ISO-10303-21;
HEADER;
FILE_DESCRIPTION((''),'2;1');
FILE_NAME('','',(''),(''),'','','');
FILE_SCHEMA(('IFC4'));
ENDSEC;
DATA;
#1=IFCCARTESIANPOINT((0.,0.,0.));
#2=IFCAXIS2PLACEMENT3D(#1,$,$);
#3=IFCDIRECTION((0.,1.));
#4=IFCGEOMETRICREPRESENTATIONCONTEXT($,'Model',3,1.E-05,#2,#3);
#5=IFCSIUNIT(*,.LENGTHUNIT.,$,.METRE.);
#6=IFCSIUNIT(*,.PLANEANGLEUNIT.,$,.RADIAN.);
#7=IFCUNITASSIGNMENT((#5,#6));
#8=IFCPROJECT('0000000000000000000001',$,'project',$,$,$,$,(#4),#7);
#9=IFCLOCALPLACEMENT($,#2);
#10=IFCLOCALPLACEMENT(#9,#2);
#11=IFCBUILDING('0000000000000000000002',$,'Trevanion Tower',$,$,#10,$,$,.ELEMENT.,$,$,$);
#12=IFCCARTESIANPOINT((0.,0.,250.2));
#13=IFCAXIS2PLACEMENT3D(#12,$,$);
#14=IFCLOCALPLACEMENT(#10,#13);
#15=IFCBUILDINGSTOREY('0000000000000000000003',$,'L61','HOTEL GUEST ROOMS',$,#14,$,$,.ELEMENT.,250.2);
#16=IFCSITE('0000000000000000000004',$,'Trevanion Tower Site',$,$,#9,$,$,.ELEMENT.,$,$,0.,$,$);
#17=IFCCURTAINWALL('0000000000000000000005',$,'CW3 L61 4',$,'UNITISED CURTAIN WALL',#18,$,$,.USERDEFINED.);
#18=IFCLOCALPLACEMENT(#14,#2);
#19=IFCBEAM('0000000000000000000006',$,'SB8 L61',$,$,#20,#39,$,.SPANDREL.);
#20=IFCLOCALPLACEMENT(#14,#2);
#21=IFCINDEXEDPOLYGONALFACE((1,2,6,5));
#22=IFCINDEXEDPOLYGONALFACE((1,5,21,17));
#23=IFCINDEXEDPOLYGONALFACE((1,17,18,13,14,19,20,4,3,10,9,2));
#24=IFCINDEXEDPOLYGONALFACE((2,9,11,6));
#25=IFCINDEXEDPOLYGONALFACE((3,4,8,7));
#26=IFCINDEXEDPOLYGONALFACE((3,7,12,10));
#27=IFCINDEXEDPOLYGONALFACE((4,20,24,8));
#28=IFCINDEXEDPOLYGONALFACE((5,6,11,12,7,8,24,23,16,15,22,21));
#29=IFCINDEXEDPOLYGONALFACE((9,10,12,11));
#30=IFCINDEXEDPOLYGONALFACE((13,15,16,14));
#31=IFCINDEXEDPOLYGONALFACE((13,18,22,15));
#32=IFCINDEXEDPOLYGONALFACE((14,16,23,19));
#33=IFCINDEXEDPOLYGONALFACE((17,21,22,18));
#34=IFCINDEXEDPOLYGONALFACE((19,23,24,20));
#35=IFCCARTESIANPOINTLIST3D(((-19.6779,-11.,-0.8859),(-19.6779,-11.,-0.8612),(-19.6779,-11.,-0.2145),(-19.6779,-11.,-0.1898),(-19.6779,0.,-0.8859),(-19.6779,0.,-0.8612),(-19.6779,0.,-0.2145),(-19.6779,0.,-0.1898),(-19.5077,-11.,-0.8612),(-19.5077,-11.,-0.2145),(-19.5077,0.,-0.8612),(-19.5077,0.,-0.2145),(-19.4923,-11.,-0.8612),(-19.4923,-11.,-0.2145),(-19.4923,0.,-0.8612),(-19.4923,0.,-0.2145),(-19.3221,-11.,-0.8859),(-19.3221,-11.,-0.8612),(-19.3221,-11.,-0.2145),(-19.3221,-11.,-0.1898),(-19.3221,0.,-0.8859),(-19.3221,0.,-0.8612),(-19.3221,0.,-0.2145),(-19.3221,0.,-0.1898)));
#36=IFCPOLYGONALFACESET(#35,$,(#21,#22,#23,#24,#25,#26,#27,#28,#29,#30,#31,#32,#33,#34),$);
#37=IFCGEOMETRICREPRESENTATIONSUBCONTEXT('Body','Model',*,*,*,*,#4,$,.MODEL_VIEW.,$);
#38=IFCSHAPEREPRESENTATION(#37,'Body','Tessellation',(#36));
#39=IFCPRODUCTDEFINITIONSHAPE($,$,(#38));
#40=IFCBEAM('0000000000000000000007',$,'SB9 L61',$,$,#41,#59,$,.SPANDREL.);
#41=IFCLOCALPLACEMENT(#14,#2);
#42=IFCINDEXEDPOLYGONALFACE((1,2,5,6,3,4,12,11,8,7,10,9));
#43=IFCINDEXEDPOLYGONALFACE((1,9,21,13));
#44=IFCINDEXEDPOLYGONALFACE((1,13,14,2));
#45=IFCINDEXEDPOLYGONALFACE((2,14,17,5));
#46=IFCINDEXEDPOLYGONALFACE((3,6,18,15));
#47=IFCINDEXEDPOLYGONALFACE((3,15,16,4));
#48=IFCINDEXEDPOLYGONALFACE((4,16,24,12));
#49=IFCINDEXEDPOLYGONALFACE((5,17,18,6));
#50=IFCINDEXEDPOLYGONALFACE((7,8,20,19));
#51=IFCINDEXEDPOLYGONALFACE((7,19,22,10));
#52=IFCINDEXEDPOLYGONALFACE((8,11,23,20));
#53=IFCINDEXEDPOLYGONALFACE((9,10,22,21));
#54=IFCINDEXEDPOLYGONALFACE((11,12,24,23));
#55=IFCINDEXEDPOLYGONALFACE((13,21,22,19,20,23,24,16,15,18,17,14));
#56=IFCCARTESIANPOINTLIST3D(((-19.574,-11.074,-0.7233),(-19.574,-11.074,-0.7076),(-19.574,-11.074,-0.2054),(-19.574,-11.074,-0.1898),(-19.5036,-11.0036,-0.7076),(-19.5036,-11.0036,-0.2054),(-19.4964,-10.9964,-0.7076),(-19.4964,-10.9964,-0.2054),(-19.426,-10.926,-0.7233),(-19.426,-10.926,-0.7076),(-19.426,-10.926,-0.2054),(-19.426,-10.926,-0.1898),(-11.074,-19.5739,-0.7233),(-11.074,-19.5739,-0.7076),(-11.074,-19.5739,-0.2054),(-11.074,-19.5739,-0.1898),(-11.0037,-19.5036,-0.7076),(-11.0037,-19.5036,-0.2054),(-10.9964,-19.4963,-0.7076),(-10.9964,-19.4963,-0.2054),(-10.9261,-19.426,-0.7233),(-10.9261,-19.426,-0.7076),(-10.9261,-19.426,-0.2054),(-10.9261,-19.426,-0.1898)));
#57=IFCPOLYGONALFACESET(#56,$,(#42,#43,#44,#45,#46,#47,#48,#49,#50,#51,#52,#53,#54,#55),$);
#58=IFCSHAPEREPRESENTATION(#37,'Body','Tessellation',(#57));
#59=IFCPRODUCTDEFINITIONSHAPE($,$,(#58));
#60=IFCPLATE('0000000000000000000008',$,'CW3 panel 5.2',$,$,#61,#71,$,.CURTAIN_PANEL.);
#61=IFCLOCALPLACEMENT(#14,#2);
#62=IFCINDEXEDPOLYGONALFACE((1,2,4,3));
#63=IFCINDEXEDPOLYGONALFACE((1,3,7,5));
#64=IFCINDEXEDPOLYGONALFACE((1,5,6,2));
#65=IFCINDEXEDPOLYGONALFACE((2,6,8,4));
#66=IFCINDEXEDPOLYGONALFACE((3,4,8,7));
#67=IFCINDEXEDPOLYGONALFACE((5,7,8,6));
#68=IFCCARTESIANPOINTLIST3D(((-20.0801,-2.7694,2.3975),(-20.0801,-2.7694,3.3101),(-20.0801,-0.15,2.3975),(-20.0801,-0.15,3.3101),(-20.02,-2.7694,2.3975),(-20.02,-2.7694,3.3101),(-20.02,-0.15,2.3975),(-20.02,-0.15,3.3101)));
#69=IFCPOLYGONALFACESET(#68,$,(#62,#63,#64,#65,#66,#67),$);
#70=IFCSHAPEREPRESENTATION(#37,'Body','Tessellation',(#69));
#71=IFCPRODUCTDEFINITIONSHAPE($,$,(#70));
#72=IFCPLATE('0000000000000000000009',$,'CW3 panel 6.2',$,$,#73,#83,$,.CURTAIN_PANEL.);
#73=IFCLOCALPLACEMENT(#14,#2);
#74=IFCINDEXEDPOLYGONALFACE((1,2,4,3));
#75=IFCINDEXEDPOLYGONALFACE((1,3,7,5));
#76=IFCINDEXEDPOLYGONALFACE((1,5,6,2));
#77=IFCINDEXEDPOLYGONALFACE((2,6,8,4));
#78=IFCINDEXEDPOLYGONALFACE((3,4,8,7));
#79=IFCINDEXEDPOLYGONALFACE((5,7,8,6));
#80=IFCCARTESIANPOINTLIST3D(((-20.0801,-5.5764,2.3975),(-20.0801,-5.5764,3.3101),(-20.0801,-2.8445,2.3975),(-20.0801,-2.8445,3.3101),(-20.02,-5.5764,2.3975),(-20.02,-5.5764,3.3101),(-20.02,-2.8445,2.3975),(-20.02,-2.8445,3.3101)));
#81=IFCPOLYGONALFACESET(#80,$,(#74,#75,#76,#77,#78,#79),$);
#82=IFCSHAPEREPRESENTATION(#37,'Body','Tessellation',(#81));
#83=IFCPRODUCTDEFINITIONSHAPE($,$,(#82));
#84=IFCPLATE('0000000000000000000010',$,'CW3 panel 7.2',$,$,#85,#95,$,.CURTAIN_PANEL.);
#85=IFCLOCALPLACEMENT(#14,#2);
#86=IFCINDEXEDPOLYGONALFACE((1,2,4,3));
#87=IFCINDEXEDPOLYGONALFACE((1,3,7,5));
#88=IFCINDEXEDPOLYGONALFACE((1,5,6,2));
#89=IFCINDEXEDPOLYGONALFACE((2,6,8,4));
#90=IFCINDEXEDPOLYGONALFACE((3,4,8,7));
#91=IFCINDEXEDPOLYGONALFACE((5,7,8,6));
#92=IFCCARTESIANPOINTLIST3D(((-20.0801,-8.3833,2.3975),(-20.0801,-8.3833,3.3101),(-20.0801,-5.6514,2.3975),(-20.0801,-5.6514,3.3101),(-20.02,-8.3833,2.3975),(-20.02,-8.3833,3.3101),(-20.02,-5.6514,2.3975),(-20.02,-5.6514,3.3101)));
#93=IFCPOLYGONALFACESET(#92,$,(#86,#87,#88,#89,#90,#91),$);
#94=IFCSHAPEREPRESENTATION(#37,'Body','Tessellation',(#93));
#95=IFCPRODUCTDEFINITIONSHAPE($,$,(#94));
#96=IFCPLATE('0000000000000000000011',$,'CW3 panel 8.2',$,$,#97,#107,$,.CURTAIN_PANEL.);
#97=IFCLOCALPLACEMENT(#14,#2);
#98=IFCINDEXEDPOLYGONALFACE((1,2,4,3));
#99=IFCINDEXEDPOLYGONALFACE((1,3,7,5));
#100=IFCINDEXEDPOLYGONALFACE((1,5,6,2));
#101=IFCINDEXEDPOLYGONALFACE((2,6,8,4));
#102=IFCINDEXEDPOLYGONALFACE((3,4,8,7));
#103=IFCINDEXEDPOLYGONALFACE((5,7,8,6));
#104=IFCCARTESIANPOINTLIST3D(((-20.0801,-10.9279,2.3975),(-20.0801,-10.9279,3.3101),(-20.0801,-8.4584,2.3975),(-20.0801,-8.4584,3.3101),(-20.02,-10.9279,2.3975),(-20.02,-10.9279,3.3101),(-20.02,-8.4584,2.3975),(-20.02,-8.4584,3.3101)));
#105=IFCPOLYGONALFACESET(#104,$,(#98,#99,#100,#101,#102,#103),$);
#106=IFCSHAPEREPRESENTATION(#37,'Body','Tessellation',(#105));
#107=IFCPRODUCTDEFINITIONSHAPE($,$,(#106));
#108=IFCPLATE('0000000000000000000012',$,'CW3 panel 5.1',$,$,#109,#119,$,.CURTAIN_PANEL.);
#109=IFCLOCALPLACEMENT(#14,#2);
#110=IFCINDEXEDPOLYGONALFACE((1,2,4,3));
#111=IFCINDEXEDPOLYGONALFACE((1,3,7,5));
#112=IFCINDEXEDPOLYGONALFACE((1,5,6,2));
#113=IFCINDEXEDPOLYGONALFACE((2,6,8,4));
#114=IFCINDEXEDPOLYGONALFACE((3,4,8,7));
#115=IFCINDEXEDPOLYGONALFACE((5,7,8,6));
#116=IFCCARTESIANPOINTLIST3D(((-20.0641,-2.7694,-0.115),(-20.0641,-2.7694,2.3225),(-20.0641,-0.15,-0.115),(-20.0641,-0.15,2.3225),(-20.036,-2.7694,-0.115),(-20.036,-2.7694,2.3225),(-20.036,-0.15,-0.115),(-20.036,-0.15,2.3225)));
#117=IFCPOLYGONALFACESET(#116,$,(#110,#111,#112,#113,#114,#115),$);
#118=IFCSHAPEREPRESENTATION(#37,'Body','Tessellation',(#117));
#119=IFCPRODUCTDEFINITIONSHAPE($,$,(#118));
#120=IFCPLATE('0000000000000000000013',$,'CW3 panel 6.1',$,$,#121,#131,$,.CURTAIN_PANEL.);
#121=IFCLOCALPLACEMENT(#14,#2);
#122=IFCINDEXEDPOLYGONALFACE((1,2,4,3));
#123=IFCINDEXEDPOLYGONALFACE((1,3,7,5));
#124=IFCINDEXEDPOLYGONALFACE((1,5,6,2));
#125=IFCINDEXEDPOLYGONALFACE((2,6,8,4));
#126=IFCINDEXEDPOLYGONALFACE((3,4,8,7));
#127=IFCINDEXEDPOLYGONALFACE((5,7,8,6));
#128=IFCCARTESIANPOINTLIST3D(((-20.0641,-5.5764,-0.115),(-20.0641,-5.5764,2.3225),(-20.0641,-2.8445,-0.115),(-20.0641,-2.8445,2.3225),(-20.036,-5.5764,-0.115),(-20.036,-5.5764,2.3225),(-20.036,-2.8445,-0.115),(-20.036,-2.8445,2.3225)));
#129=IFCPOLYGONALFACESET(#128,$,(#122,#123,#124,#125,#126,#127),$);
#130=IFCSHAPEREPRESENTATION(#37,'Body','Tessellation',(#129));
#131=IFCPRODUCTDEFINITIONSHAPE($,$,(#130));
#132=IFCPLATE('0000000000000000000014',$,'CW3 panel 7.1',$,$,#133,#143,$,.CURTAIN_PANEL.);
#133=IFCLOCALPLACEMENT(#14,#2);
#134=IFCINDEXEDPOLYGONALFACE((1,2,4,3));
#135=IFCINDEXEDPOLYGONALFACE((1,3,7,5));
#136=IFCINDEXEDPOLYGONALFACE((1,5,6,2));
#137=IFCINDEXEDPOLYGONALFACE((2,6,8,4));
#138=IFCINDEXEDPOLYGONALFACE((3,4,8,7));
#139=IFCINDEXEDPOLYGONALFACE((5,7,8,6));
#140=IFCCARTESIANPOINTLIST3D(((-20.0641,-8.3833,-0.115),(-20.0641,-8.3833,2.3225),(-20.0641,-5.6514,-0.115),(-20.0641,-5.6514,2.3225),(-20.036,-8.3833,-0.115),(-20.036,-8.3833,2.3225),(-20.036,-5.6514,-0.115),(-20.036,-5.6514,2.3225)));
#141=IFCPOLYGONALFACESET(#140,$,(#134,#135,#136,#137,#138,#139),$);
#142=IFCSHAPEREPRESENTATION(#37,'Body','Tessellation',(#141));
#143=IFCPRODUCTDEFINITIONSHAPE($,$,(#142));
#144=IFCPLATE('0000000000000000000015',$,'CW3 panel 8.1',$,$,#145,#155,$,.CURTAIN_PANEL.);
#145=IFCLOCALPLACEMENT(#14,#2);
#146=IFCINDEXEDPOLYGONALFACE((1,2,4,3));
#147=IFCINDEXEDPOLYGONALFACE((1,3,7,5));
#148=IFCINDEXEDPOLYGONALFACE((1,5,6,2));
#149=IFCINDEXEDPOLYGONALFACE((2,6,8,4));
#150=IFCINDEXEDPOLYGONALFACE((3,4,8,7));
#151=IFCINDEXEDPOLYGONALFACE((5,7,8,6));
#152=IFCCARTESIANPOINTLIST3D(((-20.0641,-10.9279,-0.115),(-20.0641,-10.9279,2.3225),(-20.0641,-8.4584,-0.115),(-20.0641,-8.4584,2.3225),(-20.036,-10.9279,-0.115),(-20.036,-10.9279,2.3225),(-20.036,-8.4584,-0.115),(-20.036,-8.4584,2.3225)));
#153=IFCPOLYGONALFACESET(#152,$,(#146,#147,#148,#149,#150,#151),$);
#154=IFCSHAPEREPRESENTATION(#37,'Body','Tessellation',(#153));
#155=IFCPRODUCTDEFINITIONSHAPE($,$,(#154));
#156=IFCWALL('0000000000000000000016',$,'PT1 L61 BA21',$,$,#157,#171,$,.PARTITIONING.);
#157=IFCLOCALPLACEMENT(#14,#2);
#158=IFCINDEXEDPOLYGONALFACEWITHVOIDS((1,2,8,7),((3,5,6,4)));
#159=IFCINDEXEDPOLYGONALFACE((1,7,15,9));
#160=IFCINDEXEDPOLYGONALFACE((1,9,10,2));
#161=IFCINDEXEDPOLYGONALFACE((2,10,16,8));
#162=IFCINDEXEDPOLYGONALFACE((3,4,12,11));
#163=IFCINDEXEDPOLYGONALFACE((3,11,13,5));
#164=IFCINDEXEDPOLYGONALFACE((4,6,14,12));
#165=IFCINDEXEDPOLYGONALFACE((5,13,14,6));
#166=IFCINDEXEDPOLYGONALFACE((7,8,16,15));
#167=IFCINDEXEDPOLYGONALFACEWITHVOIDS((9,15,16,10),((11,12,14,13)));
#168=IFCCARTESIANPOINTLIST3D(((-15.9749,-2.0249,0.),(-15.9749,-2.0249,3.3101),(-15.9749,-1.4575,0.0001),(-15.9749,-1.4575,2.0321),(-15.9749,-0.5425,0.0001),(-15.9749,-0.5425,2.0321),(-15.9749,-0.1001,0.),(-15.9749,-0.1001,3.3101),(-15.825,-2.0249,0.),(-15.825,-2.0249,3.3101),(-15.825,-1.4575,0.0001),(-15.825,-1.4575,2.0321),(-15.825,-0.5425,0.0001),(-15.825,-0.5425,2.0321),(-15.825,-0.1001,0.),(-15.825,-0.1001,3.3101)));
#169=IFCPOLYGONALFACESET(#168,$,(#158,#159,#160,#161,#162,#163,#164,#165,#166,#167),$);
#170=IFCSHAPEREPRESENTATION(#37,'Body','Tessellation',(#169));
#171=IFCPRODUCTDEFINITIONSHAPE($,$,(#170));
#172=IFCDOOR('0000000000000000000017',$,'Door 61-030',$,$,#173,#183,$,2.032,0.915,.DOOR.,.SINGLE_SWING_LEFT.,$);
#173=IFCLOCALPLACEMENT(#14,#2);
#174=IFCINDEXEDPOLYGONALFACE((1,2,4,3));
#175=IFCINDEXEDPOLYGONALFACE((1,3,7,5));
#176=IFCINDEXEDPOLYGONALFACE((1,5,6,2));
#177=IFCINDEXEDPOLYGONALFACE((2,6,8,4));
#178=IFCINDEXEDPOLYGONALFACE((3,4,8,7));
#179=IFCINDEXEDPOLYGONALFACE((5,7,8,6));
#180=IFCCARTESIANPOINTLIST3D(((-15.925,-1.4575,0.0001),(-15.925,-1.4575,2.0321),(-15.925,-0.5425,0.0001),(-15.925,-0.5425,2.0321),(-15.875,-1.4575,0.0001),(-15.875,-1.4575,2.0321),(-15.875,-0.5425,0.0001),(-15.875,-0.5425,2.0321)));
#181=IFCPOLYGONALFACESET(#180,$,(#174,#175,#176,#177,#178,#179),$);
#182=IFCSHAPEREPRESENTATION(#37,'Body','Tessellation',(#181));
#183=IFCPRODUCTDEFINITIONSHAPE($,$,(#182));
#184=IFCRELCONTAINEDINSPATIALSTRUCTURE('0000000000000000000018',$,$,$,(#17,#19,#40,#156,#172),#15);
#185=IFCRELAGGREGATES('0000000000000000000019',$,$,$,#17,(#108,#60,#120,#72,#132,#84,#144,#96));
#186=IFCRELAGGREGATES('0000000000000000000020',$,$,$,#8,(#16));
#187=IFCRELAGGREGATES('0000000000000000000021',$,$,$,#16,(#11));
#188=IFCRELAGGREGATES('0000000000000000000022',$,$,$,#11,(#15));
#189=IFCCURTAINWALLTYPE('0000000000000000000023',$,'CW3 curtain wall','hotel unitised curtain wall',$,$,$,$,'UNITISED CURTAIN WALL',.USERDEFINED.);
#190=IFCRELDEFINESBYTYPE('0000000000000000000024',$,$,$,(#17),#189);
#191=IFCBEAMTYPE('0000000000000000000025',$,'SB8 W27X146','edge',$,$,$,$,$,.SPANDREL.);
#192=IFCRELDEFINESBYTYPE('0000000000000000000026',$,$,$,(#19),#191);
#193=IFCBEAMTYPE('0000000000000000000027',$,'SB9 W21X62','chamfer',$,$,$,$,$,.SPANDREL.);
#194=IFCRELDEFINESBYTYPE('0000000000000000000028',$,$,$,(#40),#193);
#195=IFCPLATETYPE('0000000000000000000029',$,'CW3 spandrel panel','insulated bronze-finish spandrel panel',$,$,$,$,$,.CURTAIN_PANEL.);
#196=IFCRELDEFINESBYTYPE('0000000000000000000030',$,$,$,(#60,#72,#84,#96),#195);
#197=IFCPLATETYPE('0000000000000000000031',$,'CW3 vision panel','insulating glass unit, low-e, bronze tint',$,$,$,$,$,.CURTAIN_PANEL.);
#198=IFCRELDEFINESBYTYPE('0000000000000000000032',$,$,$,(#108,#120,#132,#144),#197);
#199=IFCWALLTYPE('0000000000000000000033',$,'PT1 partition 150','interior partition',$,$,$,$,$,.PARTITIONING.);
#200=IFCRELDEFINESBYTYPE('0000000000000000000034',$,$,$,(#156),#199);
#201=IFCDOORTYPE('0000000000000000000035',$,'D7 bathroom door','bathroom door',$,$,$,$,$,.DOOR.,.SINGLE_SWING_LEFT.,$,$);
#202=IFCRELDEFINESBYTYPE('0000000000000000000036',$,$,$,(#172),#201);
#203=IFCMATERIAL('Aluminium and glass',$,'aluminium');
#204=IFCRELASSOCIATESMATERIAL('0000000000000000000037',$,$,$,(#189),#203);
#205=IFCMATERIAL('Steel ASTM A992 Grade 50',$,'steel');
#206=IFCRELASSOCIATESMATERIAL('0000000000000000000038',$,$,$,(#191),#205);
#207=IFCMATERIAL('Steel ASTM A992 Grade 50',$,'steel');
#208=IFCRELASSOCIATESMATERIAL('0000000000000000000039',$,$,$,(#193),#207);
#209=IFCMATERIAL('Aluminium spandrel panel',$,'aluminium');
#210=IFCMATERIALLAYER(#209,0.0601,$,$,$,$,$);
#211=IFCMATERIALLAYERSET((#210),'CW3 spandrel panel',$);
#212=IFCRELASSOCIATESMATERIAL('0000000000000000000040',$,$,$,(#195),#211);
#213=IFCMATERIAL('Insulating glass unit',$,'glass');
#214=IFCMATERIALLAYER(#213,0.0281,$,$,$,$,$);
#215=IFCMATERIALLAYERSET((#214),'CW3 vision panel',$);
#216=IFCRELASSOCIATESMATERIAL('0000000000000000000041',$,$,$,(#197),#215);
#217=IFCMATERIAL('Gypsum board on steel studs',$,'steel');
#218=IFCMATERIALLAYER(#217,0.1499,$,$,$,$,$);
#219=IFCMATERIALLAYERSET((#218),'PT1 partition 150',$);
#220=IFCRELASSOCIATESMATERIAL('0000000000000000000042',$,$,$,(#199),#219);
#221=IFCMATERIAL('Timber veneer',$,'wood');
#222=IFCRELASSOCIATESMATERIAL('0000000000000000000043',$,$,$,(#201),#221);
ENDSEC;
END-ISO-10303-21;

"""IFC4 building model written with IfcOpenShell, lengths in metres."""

from ifc_helpers import new_model, si_unit, direction, frame, frame_2d, origin, origin_2d, place, context, subcontext, project, spatial, rectangle, i_section, extrude, material, layer, layer_set, material_profile, profile_set, type_object, element, fill, aggregate, save


model = new_model("IFC4")

# Units and contexts
model_context = context("Model", 3, precision=1e-05, world=origin(), true_north=direction((0.0, 1.0)))
body_context = subcontext(model_context, "Body", "Model", "MODEL_VIEW")
ifc_project = project(units=[si_unit("LENGTHUNIT", "METRE"), si_unit("PLANEANGLEUNIT", "RADIAN")], contexts=[model_context])

# Site, building, storey
site_placement = place(None, origin())
site = spatial("IfcSite", under=ifc_project, at=site_placement, Name="Trevanion Tower Site", CompositionType="ELEMENT", RefElevation=0.0)
building_placement = place(site_placement, origin())
building = spatial("IfcBuilding", under=site, at=building_placement, Name="Trevanion Tower", CompositionType="ELEMENT")
storey_placement = place(building_placement, frame((0.0, 0.0, 250.2)))
storey = spatial("IfcBuildingStorey", under=building, at=storey_placement, Name="L61", Description="HOTEL GUEST ROOMS", CompositionType="ELEMENT", Elevation=250.2)

# Curtain wall
ifc_material_1 = material(Name="Aluminium and glass", Category="aluminium")
curtain_wall_type = type_object("IfcCurtainWallType", Name="CW3 curtain wall", Description="hotel unitised curtain wall", ElementType="UNITISED CURTAIN WALL", PredefinedType="USERDEFINED", material=ifc_material_1)
curtain_wall_placement = place(storey_placement, origin())
curtain_wall = element("IfcCurtainWall", 1, at=curtain_wall_placement, inside=storey, type_object=curtain_wall_type, Name="CW3 L61 4", ObjectType="UNITISED CURTAIN WALL", PredefinedType="USERDEFINED")

# Beams
ifc_material_2 = material(Name="Steel ASTM A992 Grade 50", Category="steel")
ifc_material_profile_1 = material_profile(ifc_material_2, i_section(OverallWidth=0.3557, OverallDepth=0.696, WebThickness=0.0154, FlangeThickness=0.0247, at=origin_2d()), Name="W27X146")
ifc_profile_set_1 = profile_set([ifc_material_profile_1], Name="Steel ASTM A992 Grade 50")
beam_type_1 = type_object("IfcBeamType", Name="SB8 W27X146", Description="edge", PredefinedType="SPANDREL", material=ifc_profile_set_1)
beam_1_placement = place(storey_placement, frame((-19.5, 0.0, -0.5378), z_axis=(0.0, -1.0, 0.0), x_axis=(1.0, 0.0, 0.0)))
element("IfcBeam", 2, at=beam_1_placement, inside=storey, type_object=beam_type_1, Name="SB8 L61", PredefinedType="SPANDREL", context=body_context, shape_type="SweptSolid", body=[
    extrude(i_section(OverallWidth=0.3557, OverallDepth=0.696, WebThickness=0.0154, FlangeThickness=0.0247, at=origin_2d()), origin(), (0.0, 0.0, 1.0), 11.0),
])
ifc_material_3 = material(Name="Steel ASTM A992 Grade 50", Category="steel")
ifc_material_profile_2 = material_profile(ifc_material_3, i_section(OverallWidth=0.2092, OverallDepth=0.5334, WebThickness=0.0103, FlangeThickness=0.0156, at=origin_2d()), Name="W21X62")
ifc_profile_set_2 = profile_set([ifc_material_profile_2], Name="Steel ASTM A992 Grade 50")
beam_type_2 = type_object("IfcBeamType", Name="SB9 W21X62", Description="chamfer", PredefinedType="SPANDREL", material=ifc_profile_set_2)
beam_2_placement = place(storey_placement, frame((-19.5, -11.0, -0.4565), z_axis=(0.707107, -0.707107, 0.0), x_axis=(0.707107, 0.707107, 0.0)))
element("IfcBeam", 3, at=beam_2_placement, inside=storey, type_object=beam_type_2, Name="SB9 L61", PredefinedType="SPANDREL", context=body_context, shape_type="SweptSolid", body=[
    extrude(i_section(OverallWidth=0.2092, OverallDepth=0.5334, WebThickness=0.0103, FlangeThickness=0.0156, at=origin_2d()), origin(), (0.0, 0.0, 1.0), 12.0208),
])

# Plates
ifc_material_4 = material(Name="Aluminium spandrel panel", Category="aluminium")
ifc_layer_1 = layer(ifc_material_4, 0.0601)
ifc_layer_set_1 = layer_set([ifc_layer_1], Name="CW3 spandrel panel")
plate_type_1 = type_object("IfcPlateType", Name="CW3 spandrel panel", Description="insulated bronze-finish spandrel panel", PredefinedType="CURTAIN_PANEL", material=ifc_layer_set_1)
plate_1_placement = place(storey_placement, frame((-20.05, -1.4597, 2.3975), z_axis=(0.0, 0.0, 1.0), x_axis=(0.0, -1.0, 0.0)))
plate_1 = element("IfcPlate", 4, at=plate_1_placement, type_object=plate_type_1, Name="CW3 panel 5.2", PredefinedType="CURTAIN_PANEL", context=body_context, shape_type="SweptSolid", body=[
    extrude(rectangle(XDim=2.6194, YDim=0.0601, at=origin_2d()), origin(), (0.0, 0.0, 1.0), 0.9126),
])
plate_2_placement = place(storey_placement, frame((-20.05, -4.2104, 2.3975), z_axis=(0.0, 0.0, 1.0), x_axis=(0.0, -1.0, 0.0)))
plate_2 = element("IfcPlate", 5, at=plate_2_placement, type_object=plate_type_1, Name="CW3 panel 6.2", PredefinedType="CURTAIN_PANEL", context=body_context, shape_type="SweptSolid", body=[
    extrude(rectangle(XDim=2.7319, YDim=0.0601, at=origin_2d()), origin(), (0.0, 0.0, 1.0), 0.9126),
])
plate_3_placement = place(storey_placement, frame((-20.05, -7.0173, 2.3975), z_axis=(0.0, 0.0, 1.0), x_axis=(0.0, -1.0, 0.0)))
plate_3 = element("IfcPlate", 6, at=plate_3_placement, type_object=plate_type_1, Name="CW3 panel 7.2", PredefinedType="CURTAIN_PANEL", context=body_context, shape_type="SweptSolid", body=[
    extrude(rectangle(XDim=2.7319, YDim=0.0601, at=origin_2d()), origin(), (0.0, 0.0, 1.0), 0.9126),
])
plate_4_placement = place(storey_placement, frame((-20.05, -9.6931, 2.3975), z_axis=(0.0, 0.0, 1.0), x_axis=(0.0, -1.0, 0.0)))
plate_4 = element("IfcPlate", 7, at=plate_4_placement, type_object=plate_type_1, Name="CW3 panel 8.2", PredefinedType="CURTAIN_PANEL", context=body_context, shape_type="SweptSolid", body=[
    extrude(rectangle(XDim=2.4695, YDim=0.0601, at=origin_2d()), origin(), (0.0, 0.0, 1.0), 0.9126),
])
ifc_material_5 = material(Name="Insulating glass unit", Category="glass")
ifc_layer_2 = layer(ifc_material_5, 0.0281)
ifc_layer_set_2 = layer_set([ifc_layer_2], Name="CW3 vision panel")
plate_type_2 = type_object("IfcPlateType", Name="CW3 vision panel", Description="insulating glass unit, low-e, bronze tint", PredefinedType="CURTAIN_PANEL", material=ifc_layer_set_2)
plate_5_placement = place(storey_placement, frame((-20.05, -1.4597, -0.115), z_axis=(0.0, 0.0, 1.0), x_axis=(0.0, -1.0, 0.0)))
plate_5 = element("IfcPlate", 8, at=plate_5_placement, type_object=plate_type_2, Name="CW3 panel 5.1", PredefinedType="CURTAIN_PANEL", context=body_context, shape_type="SweptSolid", body=[
    extrude(rectangle(XDim=2.6194, YDim=0.0281, at=origin_2d()), origin(), (0.0, 0.0, 1.0), 2.4375),
])
plate_6_placement = place(storey_placement, frame((-20.05, -4.2104, -0.115), z_axis=(0.0, 0.0, 1.0), x_axis=(0.0, -1.0, 0.0)))
plate_6 = element("IfcPlate", 9, at=plate_6_placement, type_object=plate_type_2, Name="CW3 panel 6.1", PredefinedType="CURTAIN_PANEL", context=body_context, shape_type="SweptSolid", body=[
    extrude(rectangle(XDim=2.7319, YDim=0.0281, at=origin_2d()), origin(), (0.0, 0.0, 1.0), 2.4375),
])
plate_7_placement = place(storey_placement, frame((-20.05, -7.0173, -0.115), z_axis=(0.0, 0.0, 1.0), x_axis=(0.0, -1.0, 0.0)))
plate_7 = element("IfcPlate", 10, at=plate_7_placement, type_object=plate_type_2, Name="CW3 panel 7.1", PredefinedType="CURTAIN_PANEL", context=body_context, shape_type="SweptSolid", body=[
    extrude(rectangle(XDim=2.7319, YDim=0.0281, at=origin_2d()), origin(), (0.0, 0.0, 1.0), 2.4375),
])
plate_8_placement = place(storey_placement, frame((-20.05, -9.6931, -0.115), z_axis=(0.0, 0.0, 1.0), x_axis=(0.0, -1.0, 0.0)))
plate_8 = element("IfcPlate", 11, at=plate_8_placement, type_object=plate_type_2, Name="CW3 panel 8.1", PredefinedType="CURTAIN_PANEL", context=body_context, shape_type="SweptSolid", body=[
    extrude(rectangle(XDim=2.4695, YDim=0.0281, at=origin_2d()), origin(), (0.0, 0.0, 1.0), 2.4375),
])
aggregate(curtain_wall, [plate_5, plate_1, plate_6, plate_2, plate_7, plate_3, plate_8, plate_4])

# Wall, opening, door
ifc_material_6 = material(Name="Gypsum board on steel studs", Category="steel")
ifc_layer_3 = layer(ifc_material_6, 0.1499)
ifc_layer_set_3 = layer_set([ifc_layer_3], Name="PT1 partition 150")
wall_type_1 = type_object("IfcWallType", Name="PT1 partition 150", Description="interior partition", PredefinedType="PARTITIONING", material=ifc_layer_set_3)
wall_1_placement = place(storey_placement, frame((-15.8999, -0.1001, 0.0), z_axis=(0.0, 0.0, 1.0), x_axis=(0.0, -1.0, 0.0)))
wall_1 = element("IfcWall", 12, at=wall_1_placement, inside=storey, type_object=wall_type_1, Name="PT1 L61 BA21", PredefinedType="PARTITIONING", context=body_context, shape_type="SweptSolid", body=[
    extrude(rectangle(XDim=1.9248, YDim=0.1499, at=frame_2d((0.9624, 0.0))), origin(), (0.0, 0.0, 1.0), 3.3101),
])
opening_1_placement = place(wall_1_placement, frame((0.4424, 0.0, 0.0)))
opening_1 = element("IfcOpeningElement", 13, at=opening_1_placement, cuts=wall_1, PredefinedType="OPENING", context=body_context, shape_type="SweptSolid", body=[
    extrude(rectangle(XDim=0.915, YDim=2.032, at=frame_2d((0.4575, 1.0161))), frame((0.0, 0.085, 0.0), z_axis=(0.0, -1.0, 0.0), x_axis=(1.0, 0.0, 0.0)), (0.0, 0.0, 1.0), 0.1699),
])
ifc_material_7 = material(Name="Timber veneer", Category="wood")
door_type = type_object("IfcDoorType", Name="D7 bathroom door", Description="bathroom door", OperationType="SINGLE_SWING_LEFT", PredefinedType="DOOR", material=ifc_material_7)
door_1_placement = place(opening_1_placement, origin())
door_1 = element("IfcDoor", 14, at=door_1_placement, inside=storey, type_object=door_type, Name="Door 61-030", OperationType="SINGLE_SWING_LEFT", OverallHeight=2.032, OverallWidth=0.915, PredefinedType="DOOR", context=body_context, shape_type="SweptSolid", body=[
    extrude(rectangle(XDim=0.915, YDim=2.032, at=frame_2d((0.4575, 1.0161))), frame((0.0, 0.0249, 0.0), z_axis=(0.0, -1.0, 0.0), x_axis=(1.0, 0.0, 0.0)), (0.0, 0.0, 1.0), 0.05),
])
fill(opening_1, door_1)

save(model, "model.ifc")
